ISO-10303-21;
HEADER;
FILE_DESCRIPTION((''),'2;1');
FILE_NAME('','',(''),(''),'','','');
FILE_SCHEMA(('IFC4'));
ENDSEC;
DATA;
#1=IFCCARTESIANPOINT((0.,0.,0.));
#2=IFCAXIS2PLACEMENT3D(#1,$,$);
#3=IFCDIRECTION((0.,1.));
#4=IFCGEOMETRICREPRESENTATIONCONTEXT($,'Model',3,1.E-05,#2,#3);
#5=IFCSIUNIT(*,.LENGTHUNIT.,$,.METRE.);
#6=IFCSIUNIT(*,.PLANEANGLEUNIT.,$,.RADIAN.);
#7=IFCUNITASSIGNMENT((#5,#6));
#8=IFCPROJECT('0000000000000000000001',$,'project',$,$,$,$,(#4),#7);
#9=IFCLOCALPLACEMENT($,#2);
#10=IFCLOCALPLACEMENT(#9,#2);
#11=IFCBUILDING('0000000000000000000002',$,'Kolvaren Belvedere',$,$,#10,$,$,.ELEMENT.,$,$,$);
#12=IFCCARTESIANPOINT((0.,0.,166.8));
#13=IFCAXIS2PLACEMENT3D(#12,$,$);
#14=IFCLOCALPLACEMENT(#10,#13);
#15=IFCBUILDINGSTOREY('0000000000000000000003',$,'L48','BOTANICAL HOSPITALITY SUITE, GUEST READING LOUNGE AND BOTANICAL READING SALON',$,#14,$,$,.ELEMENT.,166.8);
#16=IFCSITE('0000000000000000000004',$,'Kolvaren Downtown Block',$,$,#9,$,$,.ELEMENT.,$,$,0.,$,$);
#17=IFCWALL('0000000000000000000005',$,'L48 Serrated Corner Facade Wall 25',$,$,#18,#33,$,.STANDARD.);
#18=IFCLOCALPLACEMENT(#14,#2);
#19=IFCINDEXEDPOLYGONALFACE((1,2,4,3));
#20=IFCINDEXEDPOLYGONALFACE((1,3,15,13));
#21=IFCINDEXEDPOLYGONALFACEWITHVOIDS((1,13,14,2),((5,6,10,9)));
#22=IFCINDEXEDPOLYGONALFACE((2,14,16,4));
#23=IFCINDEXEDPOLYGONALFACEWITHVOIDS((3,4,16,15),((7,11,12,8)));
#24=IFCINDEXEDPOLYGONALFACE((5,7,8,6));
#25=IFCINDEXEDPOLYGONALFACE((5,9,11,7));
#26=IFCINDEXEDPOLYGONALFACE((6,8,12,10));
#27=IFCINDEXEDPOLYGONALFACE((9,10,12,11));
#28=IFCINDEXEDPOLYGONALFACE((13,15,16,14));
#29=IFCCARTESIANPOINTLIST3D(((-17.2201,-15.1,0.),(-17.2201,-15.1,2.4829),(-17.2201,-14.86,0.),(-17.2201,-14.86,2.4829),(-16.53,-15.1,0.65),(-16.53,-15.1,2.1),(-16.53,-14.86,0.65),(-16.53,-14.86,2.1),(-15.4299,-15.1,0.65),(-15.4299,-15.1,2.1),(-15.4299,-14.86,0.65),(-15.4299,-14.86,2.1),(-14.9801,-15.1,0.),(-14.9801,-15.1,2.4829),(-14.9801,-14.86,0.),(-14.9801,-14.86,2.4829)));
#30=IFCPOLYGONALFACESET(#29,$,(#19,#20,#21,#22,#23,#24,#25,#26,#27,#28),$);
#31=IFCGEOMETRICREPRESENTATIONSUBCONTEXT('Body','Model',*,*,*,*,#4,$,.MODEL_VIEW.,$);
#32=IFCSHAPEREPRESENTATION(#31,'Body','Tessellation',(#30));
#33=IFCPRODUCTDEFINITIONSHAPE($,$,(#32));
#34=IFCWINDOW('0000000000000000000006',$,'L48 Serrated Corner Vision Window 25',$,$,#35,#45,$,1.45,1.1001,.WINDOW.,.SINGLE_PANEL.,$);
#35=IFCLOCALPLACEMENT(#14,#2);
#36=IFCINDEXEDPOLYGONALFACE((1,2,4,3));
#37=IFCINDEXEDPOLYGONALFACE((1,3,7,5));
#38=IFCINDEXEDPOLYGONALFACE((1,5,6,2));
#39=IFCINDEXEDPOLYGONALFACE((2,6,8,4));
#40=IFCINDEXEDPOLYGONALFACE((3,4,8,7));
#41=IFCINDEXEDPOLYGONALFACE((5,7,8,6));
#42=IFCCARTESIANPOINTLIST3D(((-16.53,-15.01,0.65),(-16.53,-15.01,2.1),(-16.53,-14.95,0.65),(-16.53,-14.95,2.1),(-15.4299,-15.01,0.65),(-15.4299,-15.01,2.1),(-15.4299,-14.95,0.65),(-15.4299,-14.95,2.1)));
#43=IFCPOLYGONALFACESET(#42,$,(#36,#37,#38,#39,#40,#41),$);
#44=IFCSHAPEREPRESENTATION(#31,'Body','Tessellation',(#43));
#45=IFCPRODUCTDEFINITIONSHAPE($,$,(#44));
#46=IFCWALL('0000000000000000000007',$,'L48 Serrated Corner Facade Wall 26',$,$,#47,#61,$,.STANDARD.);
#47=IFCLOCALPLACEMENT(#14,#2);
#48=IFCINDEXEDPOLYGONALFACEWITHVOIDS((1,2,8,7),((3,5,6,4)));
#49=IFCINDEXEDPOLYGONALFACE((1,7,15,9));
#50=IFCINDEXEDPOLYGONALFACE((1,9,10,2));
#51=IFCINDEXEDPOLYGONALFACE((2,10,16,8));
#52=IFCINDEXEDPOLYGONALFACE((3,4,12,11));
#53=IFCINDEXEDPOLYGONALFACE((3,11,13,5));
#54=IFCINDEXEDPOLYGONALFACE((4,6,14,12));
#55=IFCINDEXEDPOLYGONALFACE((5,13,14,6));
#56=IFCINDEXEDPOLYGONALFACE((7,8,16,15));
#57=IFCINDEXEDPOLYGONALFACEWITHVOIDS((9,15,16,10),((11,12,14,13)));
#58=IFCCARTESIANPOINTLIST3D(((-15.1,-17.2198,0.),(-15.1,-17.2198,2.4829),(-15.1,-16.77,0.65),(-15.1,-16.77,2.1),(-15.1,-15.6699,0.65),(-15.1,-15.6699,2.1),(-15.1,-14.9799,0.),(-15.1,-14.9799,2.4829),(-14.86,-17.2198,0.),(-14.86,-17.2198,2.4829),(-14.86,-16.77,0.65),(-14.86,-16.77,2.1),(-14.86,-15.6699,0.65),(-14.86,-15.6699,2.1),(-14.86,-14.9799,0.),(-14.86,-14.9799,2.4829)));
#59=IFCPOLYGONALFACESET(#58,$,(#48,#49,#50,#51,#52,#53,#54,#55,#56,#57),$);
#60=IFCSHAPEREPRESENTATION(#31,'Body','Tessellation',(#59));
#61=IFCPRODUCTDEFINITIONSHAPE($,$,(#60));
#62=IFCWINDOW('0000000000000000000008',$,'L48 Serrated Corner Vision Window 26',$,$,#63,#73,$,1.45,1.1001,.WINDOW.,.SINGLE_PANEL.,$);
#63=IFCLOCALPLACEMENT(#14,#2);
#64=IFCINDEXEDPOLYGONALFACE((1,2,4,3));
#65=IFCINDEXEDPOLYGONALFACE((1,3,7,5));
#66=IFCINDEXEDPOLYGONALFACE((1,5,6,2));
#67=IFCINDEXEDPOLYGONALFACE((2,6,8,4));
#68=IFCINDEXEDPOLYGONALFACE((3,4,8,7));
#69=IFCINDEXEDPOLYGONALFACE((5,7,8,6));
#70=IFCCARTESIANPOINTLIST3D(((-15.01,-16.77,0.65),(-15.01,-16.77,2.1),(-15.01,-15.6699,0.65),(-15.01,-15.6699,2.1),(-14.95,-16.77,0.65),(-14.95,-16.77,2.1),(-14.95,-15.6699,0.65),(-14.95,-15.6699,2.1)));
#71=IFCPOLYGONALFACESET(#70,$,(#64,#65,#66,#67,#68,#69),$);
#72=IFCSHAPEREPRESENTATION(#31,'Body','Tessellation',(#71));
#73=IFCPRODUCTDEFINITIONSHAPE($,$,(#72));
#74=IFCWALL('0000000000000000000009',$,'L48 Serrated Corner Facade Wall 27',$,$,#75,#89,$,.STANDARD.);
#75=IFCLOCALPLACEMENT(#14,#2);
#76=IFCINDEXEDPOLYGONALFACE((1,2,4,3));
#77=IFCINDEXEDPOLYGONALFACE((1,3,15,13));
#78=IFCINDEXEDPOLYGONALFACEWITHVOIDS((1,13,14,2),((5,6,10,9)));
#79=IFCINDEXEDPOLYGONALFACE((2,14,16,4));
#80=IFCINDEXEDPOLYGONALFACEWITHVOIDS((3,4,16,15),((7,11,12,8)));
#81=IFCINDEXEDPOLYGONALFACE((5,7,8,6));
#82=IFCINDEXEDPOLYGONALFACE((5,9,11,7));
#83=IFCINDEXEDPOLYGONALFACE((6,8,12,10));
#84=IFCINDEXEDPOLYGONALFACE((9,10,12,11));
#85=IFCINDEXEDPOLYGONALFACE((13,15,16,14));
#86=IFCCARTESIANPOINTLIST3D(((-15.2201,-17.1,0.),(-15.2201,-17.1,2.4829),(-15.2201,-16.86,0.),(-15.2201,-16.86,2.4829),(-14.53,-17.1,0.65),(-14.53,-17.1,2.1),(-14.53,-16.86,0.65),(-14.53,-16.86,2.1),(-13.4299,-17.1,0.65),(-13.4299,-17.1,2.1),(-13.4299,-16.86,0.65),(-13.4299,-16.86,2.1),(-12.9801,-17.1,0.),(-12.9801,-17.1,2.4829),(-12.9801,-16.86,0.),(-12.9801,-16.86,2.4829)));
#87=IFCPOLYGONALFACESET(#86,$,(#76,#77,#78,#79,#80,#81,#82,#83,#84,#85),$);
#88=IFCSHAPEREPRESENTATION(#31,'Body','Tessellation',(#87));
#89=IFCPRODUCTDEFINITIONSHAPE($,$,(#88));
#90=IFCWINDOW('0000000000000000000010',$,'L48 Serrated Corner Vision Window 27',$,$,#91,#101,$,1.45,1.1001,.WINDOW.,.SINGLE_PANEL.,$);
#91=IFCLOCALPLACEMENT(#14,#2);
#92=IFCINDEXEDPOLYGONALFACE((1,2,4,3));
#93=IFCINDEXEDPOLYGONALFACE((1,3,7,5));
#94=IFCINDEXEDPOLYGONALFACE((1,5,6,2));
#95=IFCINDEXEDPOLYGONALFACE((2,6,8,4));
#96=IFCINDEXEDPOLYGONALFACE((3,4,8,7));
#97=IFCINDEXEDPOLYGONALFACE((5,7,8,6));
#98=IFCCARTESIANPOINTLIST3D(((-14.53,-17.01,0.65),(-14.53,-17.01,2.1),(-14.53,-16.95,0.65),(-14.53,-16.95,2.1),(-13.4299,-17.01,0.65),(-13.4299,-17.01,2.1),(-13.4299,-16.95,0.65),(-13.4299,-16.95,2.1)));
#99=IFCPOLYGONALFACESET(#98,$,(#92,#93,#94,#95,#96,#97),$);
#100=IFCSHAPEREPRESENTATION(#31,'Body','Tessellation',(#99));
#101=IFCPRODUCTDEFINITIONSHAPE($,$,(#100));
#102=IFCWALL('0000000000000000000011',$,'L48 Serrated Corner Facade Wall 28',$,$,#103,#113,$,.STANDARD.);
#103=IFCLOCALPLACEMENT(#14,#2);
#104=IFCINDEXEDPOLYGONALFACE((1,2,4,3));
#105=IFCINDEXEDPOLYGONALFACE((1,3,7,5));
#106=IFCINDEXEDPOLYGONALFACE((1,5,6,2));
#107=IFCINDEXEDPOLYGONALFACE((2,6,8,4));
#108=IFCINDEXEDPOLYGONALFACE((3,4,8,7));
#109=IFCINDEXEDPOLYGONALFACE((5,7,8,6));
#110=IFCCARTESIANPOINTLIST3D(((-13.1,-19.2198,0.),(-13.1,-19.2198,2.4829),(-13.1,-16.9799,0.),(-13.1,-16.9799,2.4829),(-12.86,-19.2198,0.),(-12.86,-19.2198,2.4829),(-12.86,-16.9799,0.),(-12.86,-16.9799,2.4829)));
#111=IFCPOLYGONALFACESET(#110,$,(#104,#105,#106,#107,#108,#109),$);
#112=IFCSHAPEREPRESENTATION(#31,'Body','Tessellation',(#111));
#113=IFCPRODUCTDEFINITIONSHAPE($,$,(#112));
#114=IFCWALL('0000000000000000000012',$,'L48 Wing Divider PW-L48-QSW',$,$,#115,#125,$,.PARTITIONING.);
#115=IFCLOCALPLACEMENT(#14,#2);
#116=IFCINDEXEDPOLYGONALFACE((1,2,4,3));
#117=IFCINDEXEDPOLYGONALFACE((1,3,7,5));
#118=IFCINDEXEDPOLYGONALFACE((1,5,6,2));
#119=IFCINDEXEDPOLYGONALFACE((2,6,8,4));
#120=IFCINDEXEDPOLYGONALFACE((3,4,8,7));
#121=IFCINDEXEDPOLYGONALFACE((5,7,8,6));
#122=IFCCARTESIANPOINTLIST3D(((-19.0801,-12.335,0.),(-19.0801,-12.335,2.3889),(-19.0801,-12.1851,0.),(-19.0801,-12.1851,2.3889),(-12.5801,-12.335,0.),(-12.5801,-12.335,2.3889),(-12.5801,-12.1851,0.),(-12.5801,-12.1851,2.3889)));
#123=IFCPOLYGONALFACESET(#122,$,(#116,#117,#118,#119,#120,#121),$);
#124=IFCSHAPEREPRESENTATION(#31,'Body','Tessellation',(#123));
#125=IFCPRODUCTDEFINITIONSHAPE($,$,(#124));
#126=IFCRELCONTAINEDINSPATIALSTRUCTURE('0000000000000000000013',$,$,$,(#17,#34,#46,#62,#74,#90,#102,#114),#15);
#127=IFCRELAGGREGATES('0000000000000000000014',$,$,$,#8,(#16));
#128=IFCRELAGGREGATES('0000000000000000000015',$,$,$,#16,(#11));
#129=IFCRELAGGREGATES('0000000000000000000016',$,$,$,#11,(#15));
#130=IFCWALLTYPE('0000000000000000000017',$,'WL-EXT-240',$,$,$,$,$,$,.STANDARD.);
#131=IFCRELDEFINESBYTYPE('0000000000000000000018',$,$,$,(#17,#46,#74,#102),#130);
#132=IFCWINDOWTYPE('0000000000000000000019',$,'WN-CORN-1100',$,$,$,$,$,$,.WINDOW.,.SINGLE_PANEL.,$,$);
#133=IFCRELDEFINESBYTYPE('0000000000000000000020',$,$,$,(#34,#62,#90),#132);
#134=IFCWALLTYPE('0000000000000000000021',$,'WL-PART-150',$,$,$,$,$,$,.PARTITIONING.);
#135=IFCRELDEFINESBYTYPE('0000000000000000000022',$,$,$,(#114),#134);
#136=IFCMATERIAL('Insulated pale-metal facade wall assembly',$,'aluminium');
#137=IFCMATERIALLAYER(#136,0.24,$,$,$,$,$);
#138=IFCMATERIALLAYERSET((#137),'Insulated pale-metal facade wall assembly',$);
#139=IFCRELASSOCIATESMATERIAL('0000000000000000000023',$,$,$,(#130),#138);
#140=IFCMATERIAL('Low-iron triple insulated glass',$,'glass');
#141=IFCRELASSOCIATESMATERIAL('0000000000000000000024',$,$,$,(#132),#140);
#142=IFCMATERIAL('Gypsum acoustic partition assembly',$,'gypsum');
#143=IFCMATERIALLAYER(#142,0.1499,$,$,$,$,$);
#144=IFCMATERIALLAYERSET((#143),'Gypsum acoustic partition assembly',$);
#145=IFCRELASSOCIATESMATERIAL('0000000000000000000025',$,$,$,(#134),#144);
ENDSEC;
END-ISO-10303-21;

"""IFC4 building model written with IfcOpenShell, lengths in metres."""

from ifc_helpers import new_model, si_unit, direction, frame, frame_2d, origin, place, context, subcontext, project, spatial, rectangle, extrude, material, layer, layer_set, type_object, element, fill, save


model = new_model("IFC4")

# Units and contexts
model_context = context("Model", 3, precision=1e-05, world=origin(), true_north=direction((0.0, 1.0)))
body_context = subcontext(model_context, "Body", "Model", "MODEL_VIEW")
ifc_project = project(units=[si_unit("LENGTHUNIT", "METRE"), si_unit("PLANEANGLEUNIT", "RADIAN")], contexts=[model_context])

# Site, building, storey
site_placement = place(None, origin())
site = spatial("IfcSite", under=ifc_project, at=site_placement, Name="Kolvaren Downtown Block", CompositionType="ELEMENT", RefElevation=0.0)
building_placement = place(site_placement, origin())
building = spatial("IfcBuilding", under=site, at=building_placement, Name="Kolvaren Belvedere", CompositionType="ELEMENT")
storey_placement = place(building_placement, frame((0.0, 0.0, 166.8)))
storey = spatial("IfcBuildingStorey", under=building, at=storey_placement, Name="L48", Description="BOTANICAL HOSPITALITY SUITE, GUEST READING LOUNGE AND BOTANICAL READING SALON", CompositionType="ELEMENT", Elevation=166.8)

# Shared definitions
ifc_material_1 = material(Name="Insulated pale-metal facade wall assembly", Category="aluminium")
ifc_layer_1 = layer(ifc_material_1, 0.24)
ifc_layer_set_1 = layer_set([ifc_layer_1], Name="Insulated pale-metal facade wall assembly")
wall_type_1 = type_object("IfcWallType", Name="WL-EXT-240", PredefinedType="STANDARD", material=ifc_layer_set_1)

# Walls, openings, windows
ifc_material_2 = material(Name="Low-iron triple insulated glass", Category="glass")
window_type = type_object("IfcWindowType", Name="WN-CORN-1100", PartitioningType="SINGLE_PANEL", PredefinedType="WINDOW", material=ifc_material_2)
wall_1_placement = place(storey_placement, frame((-14.98, -14.98, 0.0), z_axis=(0.0, 0.0, 1.0), x_axis=(-1.0, 0.0, 0.0)))
wall_1 = element("IfcWall", 1, at=wall_1_placement, inside=storey, type_object=wall_type_1, Name="L48 Serrated Corner Facade Wall 25", PredefinedType="STANDARD", context=body_context, shape_type="SweptSolid", body=[
    extrude(rectangle(XDim=2.24, YDim=0.24, at=frame_2d((1.1201, 0.0))), origin(), (0.0, 0.0, 1.0), 2.4829),
])
opening_1_placement = place(wall_1_placement, frame((0.45, 0.0, 0.6499)))
opening_1 = element("IfcOpeningElement", 2, at=opening_1_placement, cuts=wall_1, PredefinedType="OPENING", context=body_context, shape_type="SweptSolid", body=[
    extrude(rectangle(XDim=1.1001, YDim=1.45, at=frame_2d((0.55, 0.7251))), frame((0.0, 0.1299, 0.0), z_axis=(0.0, -1.0, 0.0), x_axis=(1.0, 0.0, 0.0)), (0.0, 0.0, 1.0), 0.26),
])
window_1_placement = place(opening_1_placement, origin())
window_1 = element("IfcWindow", 3, at=window_1_placement, inside=storey, type_object=window_type, Name="L48 Serrated Corner Vision Window 25", OverallHeight=1.45, OverallWidth=1.1001, PartitioningType="SINGLE_PANEL", PredefinedType="WINDOW", context=body_context, shape_type="SweptSolid", body=[
    extrude(rectangle(XDim=1.1001, YDim=1.45, at=frame_2d((0.55, 0.7251))), frame((0.0, 0.03, 0.0), z_axis=(0.0, -1.0, 0.0), x_axis=(1.0, 0.0, 0.0)), (0.0, 0.0, 1.0), 0.0601),
])
fill(opening_1, window_1)
wall_2_placement = place(storey_placement, frame((-14.98, -17.22, 0.0), z_axis=(0.0, 0.0, 1.0), x_axis=(0.0, 1.0, 0.0)))
wall_2 = element("IfcWall", 4, at=wall_2_placement, inside=storey, type_object=wall_type_1, Name="L48 Serrated Corner Facade Wall 26", PredefinedType="STANDARD", context=body_context, shape_type="SweptSolid", body=[
    extrude(rectangle(XDim=2.24, YDim=0.24, at=frame_2d((1.1201, 0.0))), origin(), (0.0, 0.0, 1.0), 2.4829),
])
opening_2_placement = place(wall_2_placement, frame((0.45, 0.0, 0.6499)))
opening_2 = element("IfcOpeningElement", 5, at=opening_2_placement, cuts=wall_2, PredefinedType="OPENING", context=body_context, shape_type="SweptSolid", body=[
    extrude(rectangle(XDim=1.1001, YDim=1.45, at=frame_2d((0.55, 0.7251))), frame((0.0, 0.1299, 0.0), z_axis=(0.0, -1.0, 0.0), x_axis=(1.0, 0.0, 0.0)), (0.0, 0.0, 1.0), 0.26),
])
window_2_placement = place(opening_2_placement, origin())
window_2 = element("IfcWindow", 6, at=window_2_placement, inside=storey, type_object=window_type, Name="L48 Serrated Corner Vision Window 26", OverallHeight=1.45, OverallWidth=1.1001, PartitioningType="SINGLE_PANEL", PredefinedType="WINDOW", context=body_context, shape_type="SweptSolid", body=[
    extrude(rectangle(XDim=1.1001, YDim=1.45, at=frame_2d((0.55, 0.7251))), frame((0.0, 0.03, 0.0), z_axis=(0.0, -1.0, 0.0), x_axis=(1.0, 0.0, 0.0)), (0.0, 0.0, 1.0), 0.0601),
])
fill(opening_2, window_2)
wall_3_placement = place(storey_placement, frame((-12.98, -16.98, 0.0), z_axis=(0.0, 0.0, 1.0), x_axis=(-1.0, 0.0, 0.0)))
wall_3 = element("IfcWall", 7, at=wall_3_placement, inside=storey, type_object=wall_type_1, Name="L48 Serrated Corner Facade Wall 27", PredefinedType="STANDARD", context=body_context, shape_type="SweptSolid", body=[
    extrude(rectangle(XDim=2.24, YDim=0.24, at=frame_2d((1.1201, 0.0))), origin(), (0.0, 0.0, 1.0), 2.4829),
])
opening_3_placement = place(wall_3_placement, frame((0.45, 0.0, 0.6499)))
opening_3 = element("IfcOpeningElement", 8, at=opening_3_placement, cuts=wall_3, PredefinedType="OPENING", context=body_context, shape_type="SweptSolid", body=[
    extrude(rectangle(XDim=1.1001, YDim=1.45, at=frame_2d((0.55, 0.7251))), frame((0.0, 0.1299, 0.0), z_axis=(0.0, -1.0, 0.0), x_axis=(1.0, 0.0, 0.0)), (0.0, 0.0, 1.0), 0.26),
])
window_3_placement = place(opening_3_placement, origin())
window_3 = element("IfcWindow", 9, at=window_3_placement, inside=storey, type_object=window_type, Name="L48 Serrated Corner Vision Window 27", OverallHeight=1.45, OverallWidth=1.1001, PartitioningType="SINGLE_PANEL", PredefinedType="WINDOW", context=body_context, shape_type="SweptSolid", body=[
    extrude(rectangle(XDim=1.1001, YDim=1.45, at=frame_2d((0.55, 0.7251))), frame((0.0, 0.03, 0.0), z_axis=(0.0, -1.0, 0.0), x_axis=(1.0, 0.0, 0.0)), (0.0, 0.0, 1.0), 0.0601),
])
fill(opening_3, window_3)

# Walls
wall_4_placement = place(storey_placement, frame((-12.98, -19.22, 0.0), z_axis=(0.0, 0.0, 1.0), x_axis=(0.0, 1.0, 0.0)))
element("IfcWall", 10, at=wall_4_placement, inside=storey, type_object=wall_type_1, Name="L48 Serrated Corner Facade Wall 28", PredefinedType="STANDARD", context=body_context, shape_type="SweptSolid", body=[
    extrude(rectangle(XDim=2.24, YDim=0.24, at=frame_2d((1.1201, 0.0))), origin(), (0.0, 0.0, 1.0), 2.4829),
])
ifc_material_3 = material(Name="Gypsum acoustic partition assembly", Category="gypsum")
ifc_layer_2 = layer(ifc_material_3, 0.1499)
ifc_layer_set_2 = layer_set([ifc_layer_2], Name="Gypsum acoustic partition assembly")
wall_type_2 = type_object("IfcWallType", Name="WL-PART-150", PredefinedType="PARTITIONING", material=ifc_layer_set_2)
wall_5_placement = place(storey_placement, frame((-19.0801, -12.26, 0.0), z_axis=(0.0, 0.0, 1.0), x_axis=(1.0, 0.0, 0.0)))
element("IfcWall", 11, at=wall_5_placement, inside=storey, type_object=wall_type_2, Name="L48 Wing Divider PW-L48-QSW", PredefinedType="PARTITIONING", context=body_context, shape_type="SweptSolid", body=[
    extrude(rectangle(XDim=6.5, YDim=0.1499, at=frame_2d((3.25, 0.0))), origin(), (0.0, 0.0, 1.0), 2.3889),
])

save(model, "model.ifc")
